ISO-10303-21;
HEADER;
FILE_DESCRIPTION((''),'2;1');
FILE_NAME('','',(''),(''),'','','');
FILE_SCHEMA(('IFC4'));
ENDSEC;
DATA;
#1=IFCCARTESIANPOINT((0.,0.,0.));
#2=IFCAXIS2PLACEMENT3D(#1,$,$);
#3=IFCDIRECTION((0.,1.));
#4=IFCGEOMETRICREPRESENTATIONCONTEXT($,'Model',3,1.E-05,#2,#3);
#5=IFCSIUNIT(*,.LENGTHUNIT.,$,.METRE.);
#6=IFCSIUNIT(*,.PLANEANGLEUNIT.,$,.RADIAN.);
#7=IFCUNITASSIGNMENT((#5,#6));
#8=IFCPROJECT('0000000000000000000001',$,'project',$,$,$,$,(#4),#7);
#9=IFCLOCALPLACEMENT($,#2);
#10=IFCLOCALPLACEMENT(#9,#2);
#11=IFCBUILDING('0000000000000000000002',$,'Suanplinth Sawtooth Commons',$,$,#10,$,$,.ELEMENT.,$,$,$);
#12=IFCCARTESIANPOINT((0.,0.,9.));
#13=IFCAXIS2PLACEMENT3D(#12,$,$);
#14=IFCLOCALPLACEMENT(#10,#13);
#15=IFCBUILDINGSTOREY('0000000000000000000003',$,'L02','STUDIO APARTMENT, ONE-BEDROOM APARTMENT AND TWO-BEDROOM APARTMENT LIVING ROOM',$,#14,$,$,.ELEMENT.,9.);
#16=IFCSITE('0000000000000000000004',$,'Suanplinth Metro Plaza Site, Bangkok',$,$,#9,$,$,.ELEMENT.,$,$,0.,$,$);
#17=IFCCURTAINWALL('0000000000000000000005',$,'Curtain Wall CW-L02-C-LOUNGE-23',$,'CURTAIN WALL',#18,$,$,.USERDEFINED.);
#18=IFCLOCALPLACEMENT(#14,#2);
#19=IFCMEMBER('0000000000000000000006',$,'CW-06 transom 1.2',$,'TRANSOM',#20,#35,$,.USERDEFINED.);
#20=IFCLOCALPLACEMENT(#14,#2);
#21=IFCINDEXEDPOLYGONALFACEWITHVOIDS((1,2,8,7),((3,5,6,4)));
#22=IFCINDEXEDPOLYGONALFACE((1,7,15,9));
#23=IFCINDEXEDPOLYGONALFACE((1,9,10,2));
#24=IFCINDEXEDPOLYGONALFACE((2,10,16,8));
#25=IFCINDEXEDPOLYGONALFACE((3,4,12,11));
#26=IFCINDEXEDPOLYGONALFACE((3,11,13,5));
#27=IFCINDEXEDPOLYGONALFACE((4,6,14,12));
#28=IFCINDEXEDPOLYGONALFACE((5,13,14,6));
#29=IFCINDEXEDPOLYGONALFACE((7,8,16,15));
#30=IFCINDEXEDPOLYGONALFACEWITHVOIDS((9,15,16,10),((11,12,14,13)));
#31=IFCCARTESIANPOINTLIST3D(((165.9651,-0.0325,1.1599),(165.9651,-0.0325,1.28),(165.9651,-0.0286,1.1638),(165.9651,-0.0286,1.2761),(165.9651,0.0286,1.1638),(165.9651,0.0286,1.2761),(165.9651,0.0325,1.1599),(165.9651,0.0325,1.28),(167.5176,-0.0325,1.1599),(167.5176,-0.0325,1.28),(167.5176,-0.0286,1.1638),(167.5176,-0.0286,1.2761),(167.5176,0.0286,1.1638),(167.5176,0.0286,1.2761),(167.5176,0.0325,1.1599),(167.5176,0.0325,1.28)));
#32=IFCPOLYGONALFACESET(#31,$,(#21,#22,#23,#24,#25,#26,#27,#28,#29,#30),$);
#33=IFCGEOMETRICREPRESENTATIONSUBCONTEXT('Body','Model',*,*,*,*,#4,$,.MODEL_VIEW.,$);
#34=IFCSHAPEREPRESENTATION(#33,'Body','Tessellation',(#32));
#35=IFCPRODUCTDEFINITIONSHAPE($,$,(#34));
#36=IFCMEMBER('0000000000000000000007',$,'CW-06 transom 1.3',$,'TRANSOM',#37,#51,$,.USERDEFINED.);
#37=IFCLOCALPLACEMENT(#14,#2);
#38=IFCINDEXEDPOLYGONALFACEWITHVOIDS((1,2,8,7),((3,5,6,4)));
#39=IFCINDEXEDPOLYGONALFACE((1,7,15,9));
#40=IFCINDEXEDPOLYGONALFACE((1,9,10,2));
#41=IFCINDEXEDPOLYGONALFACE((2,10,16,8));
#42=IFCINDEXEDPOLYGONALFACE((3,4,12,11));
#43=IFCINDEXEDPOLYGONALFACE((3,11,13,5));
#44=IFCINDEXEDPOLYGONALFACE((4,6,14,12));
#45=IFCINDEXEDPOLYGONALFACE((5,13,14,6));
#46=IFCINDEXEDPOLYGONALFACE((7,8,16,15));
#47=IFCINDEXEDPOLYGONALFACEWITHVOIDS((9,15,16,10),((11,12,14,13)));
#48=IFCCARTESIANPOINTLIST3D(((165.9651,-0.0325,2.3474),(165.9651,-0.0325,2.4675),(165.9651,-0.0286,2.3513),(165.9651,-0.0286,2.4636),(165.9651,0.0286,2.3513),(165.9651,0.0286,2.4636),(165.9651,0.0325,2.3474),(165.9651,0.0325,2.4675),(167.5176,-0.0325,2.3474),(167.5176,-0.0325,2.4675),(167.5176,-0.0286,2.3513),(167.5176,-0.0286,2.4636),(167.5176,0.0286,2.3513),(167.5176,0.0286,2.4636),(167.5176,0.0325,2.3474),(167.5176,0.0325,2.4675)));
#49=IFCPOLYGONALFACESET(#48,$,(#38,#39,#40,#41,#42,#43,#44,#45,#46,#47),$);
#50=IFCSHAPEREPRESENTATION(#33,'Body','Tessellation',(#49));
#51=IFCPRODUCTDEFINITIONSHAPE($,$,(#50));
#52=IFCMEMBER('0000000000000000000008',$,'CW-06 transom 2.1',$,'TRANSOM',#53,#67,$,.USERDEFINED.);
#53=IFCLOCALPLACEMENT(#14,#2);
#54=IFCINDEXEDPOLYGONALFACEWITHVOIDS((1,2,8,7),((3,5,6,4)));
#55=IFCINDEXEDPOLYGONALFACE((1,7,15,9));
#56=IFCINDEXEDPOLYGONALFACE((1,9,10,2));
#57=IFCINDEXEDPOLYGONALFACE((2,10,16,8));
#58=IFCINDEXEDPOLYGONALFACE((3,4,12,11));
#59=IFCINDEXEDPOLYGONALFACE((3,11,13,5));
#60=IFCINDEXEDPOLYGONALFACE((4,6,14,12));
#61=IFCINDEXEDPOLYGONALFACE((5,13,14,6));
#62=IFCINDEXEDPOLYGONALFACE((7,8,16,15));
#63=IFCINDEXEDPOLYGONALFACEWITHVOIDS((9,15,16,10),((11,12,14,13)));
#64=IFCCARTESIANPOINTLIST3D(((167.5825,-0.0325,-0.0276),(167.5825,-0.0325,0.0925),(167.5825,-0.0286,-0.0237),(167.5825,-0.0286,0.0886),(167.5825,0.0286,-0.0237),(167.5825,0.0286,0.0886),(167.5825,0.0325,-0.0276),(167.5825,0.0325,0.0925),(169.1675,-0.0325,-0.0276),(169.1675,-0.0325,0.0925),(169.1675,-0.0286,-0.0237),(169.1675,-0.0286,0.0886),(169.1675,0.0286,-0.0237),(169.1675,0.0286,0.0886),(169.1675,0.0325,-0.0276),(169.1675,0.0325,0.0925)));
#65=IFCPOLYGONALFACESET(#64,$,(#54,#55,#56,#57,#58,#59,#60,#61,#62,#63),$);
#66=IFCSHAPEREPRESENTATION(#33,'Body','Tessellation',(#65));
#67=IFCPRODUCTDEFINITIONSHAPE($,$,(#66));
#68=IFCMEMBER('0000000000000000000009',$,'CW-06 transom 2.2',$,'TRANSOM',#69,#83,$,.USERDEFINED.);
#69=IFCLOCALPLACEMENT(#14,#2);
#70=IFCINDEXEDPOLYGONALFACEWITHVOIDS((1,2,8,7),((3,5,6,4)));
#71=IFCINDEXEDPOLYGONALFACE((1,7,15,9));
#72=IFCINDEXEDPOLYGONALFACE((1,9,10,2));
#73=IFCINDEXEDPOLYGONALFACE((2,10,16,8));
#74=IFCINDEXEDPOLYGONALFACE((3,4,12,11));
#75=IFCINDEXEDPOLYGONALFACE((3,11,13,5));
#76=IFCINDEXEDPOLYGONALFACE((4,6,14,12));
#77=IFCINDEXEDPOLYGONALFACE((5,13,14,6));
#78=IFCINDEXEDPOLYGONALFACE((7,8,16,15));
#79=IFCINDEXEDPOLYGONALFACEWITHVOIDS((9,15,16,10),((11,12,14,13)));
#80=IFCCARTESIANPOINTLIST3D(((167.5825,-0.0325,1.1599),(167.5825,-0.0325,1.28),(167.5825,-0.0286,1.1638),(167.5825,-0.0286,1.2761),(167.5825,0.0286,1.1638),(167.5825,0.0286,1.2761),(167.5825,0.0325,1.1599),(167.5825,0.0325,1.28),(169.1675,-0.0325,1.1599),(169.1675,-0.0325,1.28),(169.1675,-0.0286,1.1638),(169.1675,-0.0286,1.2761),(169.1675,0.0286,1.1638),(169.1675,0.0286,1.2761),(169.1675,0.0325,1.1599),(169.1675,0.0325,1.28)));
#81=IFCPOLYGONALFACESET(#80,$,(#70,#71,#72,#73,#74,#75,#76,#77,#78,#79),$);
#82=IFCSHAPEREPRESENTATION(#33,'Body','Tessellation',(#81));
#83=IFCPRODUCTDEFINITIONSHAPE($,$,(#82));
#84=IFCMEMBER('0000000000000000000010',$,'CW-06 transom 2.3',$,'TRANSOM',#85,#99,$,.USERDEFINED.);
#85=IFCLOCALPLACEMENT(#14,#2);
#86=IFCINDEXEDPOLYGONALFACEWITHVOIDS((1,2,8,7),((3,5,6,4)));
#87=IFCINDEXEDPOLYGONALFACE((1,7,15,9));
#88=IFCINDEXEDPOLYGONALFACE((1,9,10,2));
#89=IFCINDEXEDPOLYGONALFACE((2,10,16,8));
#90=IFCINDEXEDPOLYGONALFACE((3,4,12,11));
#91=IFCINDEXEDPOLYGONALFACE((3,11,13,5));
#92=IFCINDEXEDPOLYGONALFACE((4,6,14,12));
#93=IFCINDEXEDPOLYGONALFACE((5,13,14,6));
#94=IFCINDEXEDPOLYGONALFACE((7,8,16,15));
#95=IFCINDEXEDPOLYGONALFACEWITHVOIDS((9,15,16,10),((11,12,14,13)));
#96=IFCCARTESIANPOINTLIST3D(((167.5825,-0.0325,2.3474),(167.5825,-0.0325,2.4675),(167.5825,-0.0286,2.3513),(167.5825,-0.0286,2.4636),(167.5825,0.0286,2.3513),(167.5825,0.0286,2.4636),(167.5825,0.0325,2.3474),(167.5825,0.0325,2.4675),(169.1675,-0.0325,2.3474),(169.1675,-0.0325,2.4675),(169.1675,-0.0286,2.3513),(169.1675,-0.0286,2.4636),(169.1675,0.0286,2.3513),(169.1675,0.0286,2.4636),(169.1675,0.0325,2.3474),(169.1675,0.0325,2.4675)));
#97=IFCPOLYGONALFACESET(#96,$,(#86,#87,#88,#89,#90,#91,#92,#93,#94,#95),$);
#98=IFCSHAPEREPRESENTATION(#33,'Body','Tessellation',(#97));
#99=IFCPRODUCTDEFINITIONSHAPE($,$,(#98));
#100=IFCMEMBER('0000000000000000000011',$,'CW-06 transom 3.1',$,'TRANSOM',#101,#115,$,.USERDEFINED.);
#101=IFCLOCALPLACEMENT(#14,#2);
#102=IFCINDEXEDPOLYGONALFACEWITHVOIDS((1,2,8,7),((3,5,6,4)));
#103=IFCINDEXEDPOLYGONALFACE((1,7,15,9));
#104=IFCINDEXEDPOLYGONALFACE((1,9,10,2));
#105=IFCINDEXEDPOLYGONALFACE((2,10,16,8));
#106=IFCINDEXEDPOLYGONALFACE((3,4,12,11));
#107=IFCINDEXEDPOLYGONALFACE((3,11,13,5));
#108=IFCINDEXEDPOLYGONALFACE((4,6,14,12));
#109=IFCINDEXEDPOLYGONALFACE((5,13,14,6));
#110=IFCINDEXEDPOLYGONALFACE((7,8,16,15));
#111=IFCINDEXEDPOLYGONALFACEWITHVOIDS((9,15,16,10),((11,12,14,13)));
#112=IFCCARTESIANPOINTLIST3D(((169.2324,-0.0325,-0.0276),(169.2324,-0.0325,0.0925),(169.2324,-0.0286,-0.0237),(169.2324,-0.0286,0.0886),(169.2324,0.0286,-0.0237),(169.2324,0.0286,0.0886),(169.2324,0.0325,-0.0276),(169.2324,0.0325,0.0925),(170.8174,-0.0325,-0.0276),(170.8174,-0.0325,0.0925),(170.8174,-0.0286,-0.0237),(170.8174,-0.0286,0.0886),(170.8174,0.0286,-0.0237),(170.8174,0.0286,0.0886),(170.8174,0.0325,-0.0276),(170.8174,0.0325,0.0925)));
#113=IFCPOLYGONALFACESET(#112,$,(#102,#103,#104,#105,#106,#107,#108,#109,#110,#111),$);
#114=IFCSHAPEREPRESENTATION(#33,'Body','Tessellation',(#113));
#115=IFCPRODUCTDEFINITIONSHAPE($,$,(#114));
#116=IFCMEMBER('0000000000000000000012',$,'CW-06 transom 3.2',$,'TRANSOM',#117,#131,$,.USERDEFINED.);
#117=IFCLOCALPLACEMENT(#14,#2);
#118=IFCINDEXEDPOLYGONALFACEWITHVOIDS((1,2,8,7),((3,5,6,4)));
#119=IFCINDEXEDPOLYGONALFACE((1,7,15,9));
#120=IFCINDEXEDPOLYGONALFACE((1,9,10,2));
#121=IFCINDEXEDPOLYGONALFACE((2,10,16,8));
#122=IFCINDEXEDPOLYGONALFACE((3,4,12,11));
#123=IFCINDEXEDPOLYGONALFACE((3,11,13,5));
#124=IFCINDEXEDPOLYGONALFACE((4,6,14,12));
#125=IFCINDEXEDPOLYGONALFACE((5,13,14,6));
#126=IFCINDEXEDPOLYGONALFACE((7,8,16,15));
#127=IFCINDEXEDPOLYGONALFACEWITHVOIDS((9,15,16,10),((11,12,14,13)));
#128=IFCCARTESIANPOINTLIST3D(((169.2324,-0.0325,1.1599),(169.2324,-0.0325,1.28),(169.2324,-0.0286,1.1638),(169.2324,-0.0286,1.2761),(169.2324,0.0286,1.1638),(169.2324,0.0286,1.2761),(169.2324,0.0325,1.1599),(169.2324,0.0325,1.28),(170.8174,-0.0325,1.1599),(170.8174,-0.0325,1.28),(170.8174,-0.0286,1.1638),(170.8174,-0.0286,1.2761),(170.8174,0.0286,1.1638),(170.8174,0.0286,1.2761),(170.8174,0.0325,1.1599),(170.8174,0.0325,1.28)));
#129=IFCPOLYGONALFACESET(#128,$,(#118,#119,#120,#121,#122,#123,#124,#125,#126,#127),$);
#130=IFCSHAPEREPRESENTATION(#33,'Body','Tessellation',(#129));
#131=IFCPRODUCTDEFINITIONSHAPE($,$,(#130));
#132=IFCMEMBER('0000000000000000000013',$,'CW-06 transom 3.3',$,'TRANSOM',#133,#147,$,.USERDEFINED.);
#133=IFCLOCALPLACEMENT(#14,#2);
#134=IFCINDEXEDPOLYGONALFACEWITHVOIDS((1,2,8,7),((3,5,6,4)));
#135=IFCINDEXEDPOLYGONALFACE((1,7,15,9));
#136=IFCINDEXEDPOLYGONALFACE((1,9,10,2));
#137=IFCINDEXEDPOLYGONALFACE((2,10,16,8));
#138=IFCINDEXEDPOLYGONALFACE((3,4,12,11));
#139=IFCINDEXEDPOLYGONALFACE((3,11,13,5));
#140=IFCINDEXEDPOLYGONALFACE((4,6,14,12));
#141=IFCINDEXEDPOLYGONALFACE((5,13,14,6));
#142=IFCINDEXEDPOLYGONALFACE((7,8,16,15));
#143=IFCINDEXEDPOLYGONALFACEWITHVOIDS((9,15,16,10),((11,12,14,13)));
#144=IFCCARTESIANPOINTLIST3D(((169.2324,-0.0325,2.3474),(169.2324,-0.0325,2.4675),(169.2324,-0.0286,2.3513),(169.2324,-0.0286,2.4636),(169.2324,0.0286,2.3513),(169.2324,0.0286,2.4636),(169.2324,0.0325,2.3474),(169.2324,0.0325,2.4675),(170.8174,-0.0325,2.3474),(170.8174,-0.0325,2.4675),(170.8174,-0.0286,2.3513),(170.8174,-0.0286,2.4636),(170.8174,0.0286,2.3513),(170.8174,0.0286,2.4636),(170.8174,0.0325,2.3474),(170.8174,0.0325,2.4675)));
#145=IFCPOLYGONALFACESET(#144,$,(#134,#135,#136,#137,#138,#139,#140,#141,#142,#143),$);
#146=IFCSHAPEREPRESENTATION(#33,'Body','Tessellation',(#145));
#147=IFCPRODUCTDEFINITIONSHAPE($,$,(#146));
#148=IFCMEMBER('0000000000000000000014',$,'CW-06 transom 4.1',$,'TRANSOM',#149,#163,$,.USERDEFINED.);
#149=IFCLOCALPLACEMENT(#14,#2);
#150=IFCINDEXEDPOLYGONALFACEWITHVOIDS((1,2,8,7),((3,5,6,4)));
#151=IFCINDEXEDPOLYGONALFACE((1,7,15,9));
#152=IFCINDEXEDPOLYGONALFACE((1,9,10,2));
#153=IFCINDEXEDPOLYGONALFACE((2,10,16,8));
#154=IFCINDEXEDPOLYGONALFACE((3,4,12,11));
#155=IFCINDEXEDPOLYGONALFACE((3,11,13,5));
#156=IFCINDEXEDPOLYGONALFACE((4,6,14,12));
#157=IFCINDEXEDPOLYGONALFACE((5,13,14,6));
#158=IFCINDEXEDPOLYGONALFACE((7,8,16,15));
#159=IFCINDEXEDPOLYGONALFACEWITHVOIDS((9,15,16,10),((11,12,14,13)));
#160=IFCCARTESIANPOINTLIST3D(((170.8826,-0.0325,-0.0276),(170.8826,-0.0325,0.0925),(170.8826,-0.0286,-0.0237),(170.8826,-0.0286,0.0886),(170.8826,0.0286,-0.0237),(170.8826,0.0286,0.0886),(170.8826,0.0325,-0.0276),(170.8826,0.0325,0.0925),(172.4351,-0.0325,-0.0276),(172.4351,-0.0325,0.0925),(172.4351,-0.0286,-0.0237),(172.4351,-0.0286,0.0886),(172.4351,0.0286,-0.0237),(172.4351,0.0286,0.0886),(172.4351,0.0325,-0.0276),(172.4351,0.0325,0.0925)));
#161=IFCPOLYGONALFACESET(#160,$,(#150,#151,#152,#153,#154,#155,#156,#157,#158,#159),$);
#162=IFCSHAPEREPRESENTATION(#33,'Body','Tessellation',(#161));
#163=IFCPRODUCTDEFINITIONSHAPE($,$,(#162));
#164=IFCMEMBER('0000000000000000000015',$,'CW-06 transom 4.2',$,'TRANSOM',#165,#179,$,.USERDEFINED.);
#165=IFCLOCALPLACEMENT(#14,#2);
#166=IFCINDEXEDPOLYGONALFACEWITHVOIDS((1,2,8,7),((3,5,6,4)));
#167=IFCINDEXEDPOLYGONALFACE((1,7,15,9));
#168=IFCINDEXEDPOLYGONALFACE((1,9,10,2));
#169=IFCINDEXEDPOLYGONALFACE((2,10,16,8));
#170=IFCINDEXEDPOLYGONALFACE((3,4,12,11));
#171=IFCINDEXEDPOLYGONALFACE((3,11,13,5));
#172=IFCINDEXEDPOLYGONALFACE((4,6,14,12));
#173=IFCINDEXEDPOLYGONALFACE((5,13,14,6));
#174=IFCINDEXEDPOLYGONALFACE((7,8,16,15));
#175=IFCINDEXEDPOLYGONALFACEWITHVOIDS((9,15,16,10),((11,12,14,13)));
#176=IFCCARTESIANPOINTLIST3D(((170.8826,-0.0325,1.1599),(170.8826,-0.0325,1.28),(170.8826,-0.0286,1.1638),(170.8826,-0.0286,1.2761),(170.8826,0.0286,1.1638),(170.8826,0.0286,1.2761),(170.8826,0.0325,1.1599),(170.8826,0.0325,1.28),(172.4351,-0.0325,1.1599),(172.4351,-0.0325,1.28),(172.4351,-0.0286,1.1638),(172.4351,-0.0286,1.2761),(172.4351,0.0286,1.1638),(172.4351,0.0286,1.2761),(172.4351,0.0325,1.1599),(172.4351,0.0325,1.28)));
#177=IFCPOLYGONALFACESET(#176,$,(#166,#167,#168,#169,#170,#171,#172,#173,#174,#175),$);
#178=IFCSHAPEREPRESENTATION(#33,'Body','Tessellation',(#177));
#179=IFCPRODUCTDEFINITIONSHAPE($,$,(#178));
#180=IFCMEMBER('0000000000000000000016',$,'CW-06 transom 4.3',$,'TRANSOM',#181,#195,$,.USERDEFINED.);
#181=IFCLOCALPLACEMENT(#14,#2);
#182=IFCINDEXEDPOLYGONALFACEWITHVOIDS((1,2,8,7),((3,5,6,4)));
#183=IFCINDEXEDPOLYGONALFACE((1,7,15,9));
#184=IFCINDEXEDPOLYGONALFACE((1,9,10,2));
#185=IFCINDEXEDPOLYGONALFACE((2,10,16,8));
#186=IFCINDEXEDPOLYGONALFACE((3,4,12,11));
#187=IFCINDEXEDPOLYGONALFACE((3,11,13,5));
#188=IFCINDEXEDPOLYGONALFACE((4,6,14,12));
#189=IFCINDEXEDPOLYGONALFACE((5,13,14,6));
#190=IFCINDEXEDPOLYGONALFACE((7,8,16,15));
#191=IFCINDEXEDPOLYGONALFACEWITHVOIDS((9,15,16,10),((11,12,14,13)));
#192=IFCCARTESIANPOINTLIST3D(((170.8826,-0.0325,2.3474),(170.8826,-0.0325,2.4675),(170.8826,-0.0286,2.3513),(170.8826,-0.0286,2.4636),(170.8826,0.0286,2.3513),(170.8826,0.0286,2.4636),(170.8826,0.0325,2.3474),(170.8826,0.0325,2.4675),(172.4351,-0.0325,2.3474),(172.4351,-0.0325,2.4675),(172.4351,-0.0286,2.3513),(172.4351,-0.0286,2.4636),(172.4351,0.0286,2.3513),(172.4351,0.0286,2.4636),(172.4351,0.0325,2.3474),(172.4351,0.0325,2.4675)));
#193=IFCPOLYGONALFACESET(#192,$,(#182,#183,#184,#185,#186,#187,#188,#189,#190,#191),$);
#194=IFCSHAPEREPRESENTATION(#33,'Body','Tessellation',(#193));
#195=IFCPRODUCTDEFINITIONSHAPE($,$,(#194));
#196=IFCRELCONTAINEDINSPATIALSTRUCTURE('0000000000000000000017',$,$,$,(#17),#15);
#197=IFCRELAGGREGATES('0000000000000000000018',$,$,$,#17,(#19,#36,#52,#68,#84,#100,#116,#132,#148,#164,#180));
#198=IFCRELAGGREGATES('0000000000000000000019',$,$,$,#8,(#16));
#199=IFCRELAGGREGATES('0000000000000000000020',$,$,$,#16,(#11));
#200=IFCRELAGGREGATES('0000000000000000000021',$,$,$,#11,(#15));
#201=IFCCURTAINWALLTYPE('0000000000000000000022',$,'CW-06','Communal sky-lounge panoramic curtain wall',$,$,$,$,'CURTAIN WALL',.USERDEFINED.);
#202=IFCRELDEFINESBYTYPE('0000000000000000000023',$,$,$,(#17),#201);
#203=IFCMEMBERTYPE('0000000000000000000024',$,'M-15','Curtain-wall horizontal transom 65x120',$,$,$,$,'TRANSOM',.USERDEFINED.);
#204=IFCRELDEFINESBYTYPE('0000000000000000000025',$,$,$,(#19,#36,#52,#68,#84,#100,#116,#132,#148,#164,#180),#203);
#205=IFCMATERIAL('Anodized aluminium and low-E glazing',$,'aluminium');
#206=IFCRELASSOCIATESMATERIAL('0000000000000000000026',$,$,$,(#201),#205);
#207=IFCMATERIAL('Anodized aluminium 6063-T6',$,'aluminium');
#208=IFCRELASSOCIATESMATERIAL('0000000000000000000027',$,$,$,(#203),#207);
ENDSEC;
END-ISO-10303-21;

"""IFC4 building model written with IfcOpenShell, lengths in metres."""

from ifc_helpers import new_model, si_unit, direction, frame, origin, origin_2d, place, context, subcontext, project, spatial, hollow_rectangle, extrude, material, material_profile, profile_set, type_object, element, aggregate, save


model = new_model("IFC4")

# Units and contexts
model_context = context("Model", 3, precision=1e-05, world=origin(), true_north=direction((0.0, 1.0)))
body_context = subcontext(model_context, "Body", "Model", "MODEL_VIEW")
ifc_project = project(units=[si_unit("LENGTHUNIT", "METRE"), si_unit("PLANEANGLEUNIT", "RADIAN")], contexts=[model_context])

# Site, building, storey
site_placement = place(None, origin())
site = spatial("IfcSite", under=ifc_project, at=site_placement, Name="Suanplinth Metro Plaza Site, Bangkok", CompositionType="ELEMENT", RefElevation=0.0)
building_placement = place(site_placement, origin())
building = spatial("IfcBuilding", under=site, at=building_placement, Name="Suanplinth Sawtooth Commons", CompositionType="ELEMENT")
storey_placement = place(building_placement, frame((0.0, 0.0, 9.0)))
storey = spatial("IfcBuildingStorey", under=building, at=storey_placement, Name="L02", Description="STUDIO APARTMENT, ONE-BEDROOM APARTMENT AND TWO-BEDROOM APARTMENT LIVING ROOM", CompositionType="ELEMENT", Elevation=9.0)

# Curtain wall, members
ifc_material_1 = material(Name="Anodized aluminium and low-E glazing", Category="aluminium")
curtain_wall_type = type_object("IfcCurtainWallType", Name="CW-06", Description="Communal sky-lounge panoramic curtain wall", ElementType="CURTAIN WALL", PredefinedType="USERDEFINED", material=ifc_material_1)
curtain_wall_placement = place(storey_placement, origin())
curtain_wall = element("IfcCurtainWall", 1, at=curtain_wall_placement, inside=storey, type_object=curtain_wall_type, Name="Curtain Wall CW-L02-C-LOUNGE-23", ObjectType="CURTAIN WALL", PredefinedType="USERDEFINED")
ifc_material_2 = material(Name="Anodized aluminium 6063-T6", Category="aluminium")
ifc_material_profile_1 = material_profile(ifc_material_2, hollow_rectangle(XDim=0.0649, YDim=0.1201, WallThickness=0.0039, at=origin_2d()), Name="ALU-TRN 65x120")
ifc_profile_set_1 = profile_set([ifc_material_profile_1], Name="Anodized aluminium 6063-T6")
member_type_1 = type_object("IfcMemberType", Name="M-15", Description="Curtain-wall horizontal transom 65x120", ElementType="TRANSOM", PredefinedType="USERDEFINED", material=ifc_profile_set_1)
member_1_placement = place(storey_placement, frame((165.9651, 0.0, 1.22), z_axis=(1.0, 0.0, 0.0), x_axis=(0.0, 1.0, 0.0)))
member_1 = element("IfcMember", 2, at=member_1_placement, type_object=member_type_1, Name="CW-06 transom 1.2", ObjectType="TRANSOM", PredefinedType="USERDEFINED", context=body_context, shape_type="SweptSolid", body=[
    extrude(hollow_rectangle(XDim=0.0649, YDim=0.1201, WallThickness=0.0039, at=origin_2d()), origin(), (0.0, 0.0, 1.0), 1.5525),
])
member_2_placement = place(storey_placement, frame((165.9651, 0.0, 2.4075), z_axis=(1.0, 0.0, 0.0), x_axis=(0.0, 1.0, 0.0)))
member_2 = element("IfcMember", 3, at=member_2_placement, type_object=member_type_1, Name="CW-06 transom 1.3", ObjectType="TRANSOM", PredefinedType="USERDEFINED", context=body_context, shape_type="SweptSolid", body=[
    extrude(hollow_rectangle(XDim=0.0649, YDim=0.1201, WallThickness=0.0039, at=origin_2d()), origin(), (0.0, 0.0, 1.0), 1.5525),
])
member_3_placement = place(storey_placement, frame((167.5825, 0.0, 0.0325), z_axis=(1.0, 0.0, 0.0), x_axis=(0.0, 1.0, 0.0)))
member_3 = element("IfcMember", 4, at=member_3_placement, type_object=member_type_1, Name="CW-06 transom 2.1", ObjectType="TRANSOM", PredefinedType="USERDEFINED", context=body_context, shape_type="SweptSolid", body=[
    extrude(hollow_rectangle(XDim=0.0649, YDim=0.1201, WallThickness=0.0039, at=origin_2d()), origin(), (0.0, 0.0, 1.0), 1.585),
])
member_4_placement = place(storey_placement, frame((167.5825, 0.0, 1.22), z_axis=(1.0, 0.0, 0.0), x_axis=(0.0, 1.0, 0.0)))
member_4 = element("IfcMember", 5, at=member_4_placement, type_object=member_type_1, Name="CW-06 transom 2.2", ObjectType="TRANSOM", PredefinedType="USERDEFINED", context=body_context, shape_type="SweptSolid", body=[
    extrude(hollow_rectangle(XDim=0.0649, YDim=0.1201, WallThickness=0.0039, at=origin_2d()), origin(), (0.0, 0.0, 1.0), 1.585),
])
member_5_placement = place(storey_placement, frame((167.5825, 0.0, 2.4075), z_axis=(1.0, 0.0, 0.0), x_axis=(0.0, 1.0, 0.0)))
member_5 = element("IfcMember", 6, at=member_5_placement, type_object=member_type_1, Name="CW-06 transom 2.3", ObjectType="TRANSOM", PredefinedType="USERDEFINED", context=body_context, shape_type="SweptSolid", body=[
    extrude(hollow_rectangle(XDim=0.0649, YDim=0.1201, WallThickness=0.0039, at=origin_2d()), origin(), (0.0, 0.0, 1.0), 1.585),
])
member_6_placement = place(storey_placement, frame((169.2324, 0.0, 0.0325), z_axis=(1.0, 0.0, 0.0), x_axis=(0.0, 1.0, 0.0)))
member_6 = element("IfcMember", 7, at=member_6_placement, type_object=member_type_1, Name="CW-06 transom 3.1", ObjectType="TRANSOM", PredefinedType="USERDEFINED", context=body_context, shape_type="SweptSolid", body=[
    extrude(hollow_rectangle(XDim=0.0649, YDim=0.1201, WallThickness=0.0039, at=origin_2d()), origin(), (0.0, 0.0, 1.0), 1.585),
])
member_7_placement = place(storey_placement, frame((169.2324, 0.0, 1.22), z_axis=(1.0, 0.0, 0.0), x_axis=(0.0, 1.0, 0.0)))
member_7 = element("IfcMember", 8, at=member_7_placement, type_object=member_type_1, Name="CW-06 transom 3.2", ObjectType="TRANSOM", PredefinedType="USERDEFINED", context=body_context, shape_type="SweptSolid", body=[
    extrude(hollow_rectangle(XDim=0.0649, YDim=0.1201, WallThickness=0.0039, at=origin_2d()), origin(), (0.0, 0.0, 1.0), 1.585),
])
member_8_placement = place(storey_placement, frame((169.2324, 0.0, 2.4075), z_axis=(1.0, 0.0, 0.0), x_axis=(0.0, 1.0, 0.0)))
member_8 = element("IfcMember", 9, at=member_8_placement, type_object=member_type_1, Name="CW-06 transom 3.3", ObjectType="TRANSOM", PredefinedType="USERDEFINED", context=body_context, shape_type="SweptSolid", body=[
    extrude(hollow_rectangle(XDim=0.0649, YDim=0.1201, WallThickness=0.0039, at=origin_2d()), origin(), (0.0, 0.0, 1.0), 1.585),
])
member_9_placement = place(storey_placement, frame((170.8826, 0.0, 0.0325), z_axis=(1.0, 0.0, 0.0), x_axis=(0.0, 1.0, 0.0)))
member_9 = element("IfcMember", 10, at=member_9_placement, type_object=member_type_1, Name="CW-06 transom 4.1", ObjectType="TRANSOM", PredefinedType="USERDEFINED", context=body_context, shape_type="SweptSolid", body=[
    extrude(hollow_rectangle(XDim=0.0649, YDim=0.1201, WallThickness=0.0039, at=origin_2d()), origin(), (0.0, 0.0, 1.0), 1.5525),
])
member_10_placement = place(storey_placement, frame((170.8826, 0.0, 1.22), z_axis=(1.0, 0.0, 0.0), x_axis=(0.0, 1.0, 0.0)))
member_10 = element("IfcMember", 11, at=member_10_placement, type_object=member_type_1, Name="CW-06 transom 4.2", ObjectType="TRANSOM", PredefinedType="USERDEFINED", context=body_context, shape_type="SweptSolid", body=[
    extrude(hollow_rectangle(XDim=0.0649, YDim=0.1201, WallThickness=0.0039, at=origin_2d()), origin(), (0.0, 0.0, 1.0), 1.5525),
])
member_11_placement = place(storey_placement, frame((170.8826, 0.0, 2.4075), z_axis=(1.0, 0.0, 0.0), x_axis=(0.0, 1.0, 0.0)))
member_11 = element("IfcMember", 12, at=member_11_placement, type_object=member_type_1, Name="CW-06 transom 4.3", ObjectType="TRANSOM", PredefinedType="USERDEFINED", context=body_context, shape_type="SweptSolid", body=[
    extrude(hollow_rectangle(XDim=0.0649, YDim=0.1201, WallThickness=0.0039, at=origin_2d()), origin(), (0.0, 0.0, 1.0), 1.5525),
])
aggregate(curtain_wall, [member_1, member_2, member_3, member_4, member_5, member_6, member_7, member_8, member_9, member_10, member_11])

save(model, "model.ifc")
